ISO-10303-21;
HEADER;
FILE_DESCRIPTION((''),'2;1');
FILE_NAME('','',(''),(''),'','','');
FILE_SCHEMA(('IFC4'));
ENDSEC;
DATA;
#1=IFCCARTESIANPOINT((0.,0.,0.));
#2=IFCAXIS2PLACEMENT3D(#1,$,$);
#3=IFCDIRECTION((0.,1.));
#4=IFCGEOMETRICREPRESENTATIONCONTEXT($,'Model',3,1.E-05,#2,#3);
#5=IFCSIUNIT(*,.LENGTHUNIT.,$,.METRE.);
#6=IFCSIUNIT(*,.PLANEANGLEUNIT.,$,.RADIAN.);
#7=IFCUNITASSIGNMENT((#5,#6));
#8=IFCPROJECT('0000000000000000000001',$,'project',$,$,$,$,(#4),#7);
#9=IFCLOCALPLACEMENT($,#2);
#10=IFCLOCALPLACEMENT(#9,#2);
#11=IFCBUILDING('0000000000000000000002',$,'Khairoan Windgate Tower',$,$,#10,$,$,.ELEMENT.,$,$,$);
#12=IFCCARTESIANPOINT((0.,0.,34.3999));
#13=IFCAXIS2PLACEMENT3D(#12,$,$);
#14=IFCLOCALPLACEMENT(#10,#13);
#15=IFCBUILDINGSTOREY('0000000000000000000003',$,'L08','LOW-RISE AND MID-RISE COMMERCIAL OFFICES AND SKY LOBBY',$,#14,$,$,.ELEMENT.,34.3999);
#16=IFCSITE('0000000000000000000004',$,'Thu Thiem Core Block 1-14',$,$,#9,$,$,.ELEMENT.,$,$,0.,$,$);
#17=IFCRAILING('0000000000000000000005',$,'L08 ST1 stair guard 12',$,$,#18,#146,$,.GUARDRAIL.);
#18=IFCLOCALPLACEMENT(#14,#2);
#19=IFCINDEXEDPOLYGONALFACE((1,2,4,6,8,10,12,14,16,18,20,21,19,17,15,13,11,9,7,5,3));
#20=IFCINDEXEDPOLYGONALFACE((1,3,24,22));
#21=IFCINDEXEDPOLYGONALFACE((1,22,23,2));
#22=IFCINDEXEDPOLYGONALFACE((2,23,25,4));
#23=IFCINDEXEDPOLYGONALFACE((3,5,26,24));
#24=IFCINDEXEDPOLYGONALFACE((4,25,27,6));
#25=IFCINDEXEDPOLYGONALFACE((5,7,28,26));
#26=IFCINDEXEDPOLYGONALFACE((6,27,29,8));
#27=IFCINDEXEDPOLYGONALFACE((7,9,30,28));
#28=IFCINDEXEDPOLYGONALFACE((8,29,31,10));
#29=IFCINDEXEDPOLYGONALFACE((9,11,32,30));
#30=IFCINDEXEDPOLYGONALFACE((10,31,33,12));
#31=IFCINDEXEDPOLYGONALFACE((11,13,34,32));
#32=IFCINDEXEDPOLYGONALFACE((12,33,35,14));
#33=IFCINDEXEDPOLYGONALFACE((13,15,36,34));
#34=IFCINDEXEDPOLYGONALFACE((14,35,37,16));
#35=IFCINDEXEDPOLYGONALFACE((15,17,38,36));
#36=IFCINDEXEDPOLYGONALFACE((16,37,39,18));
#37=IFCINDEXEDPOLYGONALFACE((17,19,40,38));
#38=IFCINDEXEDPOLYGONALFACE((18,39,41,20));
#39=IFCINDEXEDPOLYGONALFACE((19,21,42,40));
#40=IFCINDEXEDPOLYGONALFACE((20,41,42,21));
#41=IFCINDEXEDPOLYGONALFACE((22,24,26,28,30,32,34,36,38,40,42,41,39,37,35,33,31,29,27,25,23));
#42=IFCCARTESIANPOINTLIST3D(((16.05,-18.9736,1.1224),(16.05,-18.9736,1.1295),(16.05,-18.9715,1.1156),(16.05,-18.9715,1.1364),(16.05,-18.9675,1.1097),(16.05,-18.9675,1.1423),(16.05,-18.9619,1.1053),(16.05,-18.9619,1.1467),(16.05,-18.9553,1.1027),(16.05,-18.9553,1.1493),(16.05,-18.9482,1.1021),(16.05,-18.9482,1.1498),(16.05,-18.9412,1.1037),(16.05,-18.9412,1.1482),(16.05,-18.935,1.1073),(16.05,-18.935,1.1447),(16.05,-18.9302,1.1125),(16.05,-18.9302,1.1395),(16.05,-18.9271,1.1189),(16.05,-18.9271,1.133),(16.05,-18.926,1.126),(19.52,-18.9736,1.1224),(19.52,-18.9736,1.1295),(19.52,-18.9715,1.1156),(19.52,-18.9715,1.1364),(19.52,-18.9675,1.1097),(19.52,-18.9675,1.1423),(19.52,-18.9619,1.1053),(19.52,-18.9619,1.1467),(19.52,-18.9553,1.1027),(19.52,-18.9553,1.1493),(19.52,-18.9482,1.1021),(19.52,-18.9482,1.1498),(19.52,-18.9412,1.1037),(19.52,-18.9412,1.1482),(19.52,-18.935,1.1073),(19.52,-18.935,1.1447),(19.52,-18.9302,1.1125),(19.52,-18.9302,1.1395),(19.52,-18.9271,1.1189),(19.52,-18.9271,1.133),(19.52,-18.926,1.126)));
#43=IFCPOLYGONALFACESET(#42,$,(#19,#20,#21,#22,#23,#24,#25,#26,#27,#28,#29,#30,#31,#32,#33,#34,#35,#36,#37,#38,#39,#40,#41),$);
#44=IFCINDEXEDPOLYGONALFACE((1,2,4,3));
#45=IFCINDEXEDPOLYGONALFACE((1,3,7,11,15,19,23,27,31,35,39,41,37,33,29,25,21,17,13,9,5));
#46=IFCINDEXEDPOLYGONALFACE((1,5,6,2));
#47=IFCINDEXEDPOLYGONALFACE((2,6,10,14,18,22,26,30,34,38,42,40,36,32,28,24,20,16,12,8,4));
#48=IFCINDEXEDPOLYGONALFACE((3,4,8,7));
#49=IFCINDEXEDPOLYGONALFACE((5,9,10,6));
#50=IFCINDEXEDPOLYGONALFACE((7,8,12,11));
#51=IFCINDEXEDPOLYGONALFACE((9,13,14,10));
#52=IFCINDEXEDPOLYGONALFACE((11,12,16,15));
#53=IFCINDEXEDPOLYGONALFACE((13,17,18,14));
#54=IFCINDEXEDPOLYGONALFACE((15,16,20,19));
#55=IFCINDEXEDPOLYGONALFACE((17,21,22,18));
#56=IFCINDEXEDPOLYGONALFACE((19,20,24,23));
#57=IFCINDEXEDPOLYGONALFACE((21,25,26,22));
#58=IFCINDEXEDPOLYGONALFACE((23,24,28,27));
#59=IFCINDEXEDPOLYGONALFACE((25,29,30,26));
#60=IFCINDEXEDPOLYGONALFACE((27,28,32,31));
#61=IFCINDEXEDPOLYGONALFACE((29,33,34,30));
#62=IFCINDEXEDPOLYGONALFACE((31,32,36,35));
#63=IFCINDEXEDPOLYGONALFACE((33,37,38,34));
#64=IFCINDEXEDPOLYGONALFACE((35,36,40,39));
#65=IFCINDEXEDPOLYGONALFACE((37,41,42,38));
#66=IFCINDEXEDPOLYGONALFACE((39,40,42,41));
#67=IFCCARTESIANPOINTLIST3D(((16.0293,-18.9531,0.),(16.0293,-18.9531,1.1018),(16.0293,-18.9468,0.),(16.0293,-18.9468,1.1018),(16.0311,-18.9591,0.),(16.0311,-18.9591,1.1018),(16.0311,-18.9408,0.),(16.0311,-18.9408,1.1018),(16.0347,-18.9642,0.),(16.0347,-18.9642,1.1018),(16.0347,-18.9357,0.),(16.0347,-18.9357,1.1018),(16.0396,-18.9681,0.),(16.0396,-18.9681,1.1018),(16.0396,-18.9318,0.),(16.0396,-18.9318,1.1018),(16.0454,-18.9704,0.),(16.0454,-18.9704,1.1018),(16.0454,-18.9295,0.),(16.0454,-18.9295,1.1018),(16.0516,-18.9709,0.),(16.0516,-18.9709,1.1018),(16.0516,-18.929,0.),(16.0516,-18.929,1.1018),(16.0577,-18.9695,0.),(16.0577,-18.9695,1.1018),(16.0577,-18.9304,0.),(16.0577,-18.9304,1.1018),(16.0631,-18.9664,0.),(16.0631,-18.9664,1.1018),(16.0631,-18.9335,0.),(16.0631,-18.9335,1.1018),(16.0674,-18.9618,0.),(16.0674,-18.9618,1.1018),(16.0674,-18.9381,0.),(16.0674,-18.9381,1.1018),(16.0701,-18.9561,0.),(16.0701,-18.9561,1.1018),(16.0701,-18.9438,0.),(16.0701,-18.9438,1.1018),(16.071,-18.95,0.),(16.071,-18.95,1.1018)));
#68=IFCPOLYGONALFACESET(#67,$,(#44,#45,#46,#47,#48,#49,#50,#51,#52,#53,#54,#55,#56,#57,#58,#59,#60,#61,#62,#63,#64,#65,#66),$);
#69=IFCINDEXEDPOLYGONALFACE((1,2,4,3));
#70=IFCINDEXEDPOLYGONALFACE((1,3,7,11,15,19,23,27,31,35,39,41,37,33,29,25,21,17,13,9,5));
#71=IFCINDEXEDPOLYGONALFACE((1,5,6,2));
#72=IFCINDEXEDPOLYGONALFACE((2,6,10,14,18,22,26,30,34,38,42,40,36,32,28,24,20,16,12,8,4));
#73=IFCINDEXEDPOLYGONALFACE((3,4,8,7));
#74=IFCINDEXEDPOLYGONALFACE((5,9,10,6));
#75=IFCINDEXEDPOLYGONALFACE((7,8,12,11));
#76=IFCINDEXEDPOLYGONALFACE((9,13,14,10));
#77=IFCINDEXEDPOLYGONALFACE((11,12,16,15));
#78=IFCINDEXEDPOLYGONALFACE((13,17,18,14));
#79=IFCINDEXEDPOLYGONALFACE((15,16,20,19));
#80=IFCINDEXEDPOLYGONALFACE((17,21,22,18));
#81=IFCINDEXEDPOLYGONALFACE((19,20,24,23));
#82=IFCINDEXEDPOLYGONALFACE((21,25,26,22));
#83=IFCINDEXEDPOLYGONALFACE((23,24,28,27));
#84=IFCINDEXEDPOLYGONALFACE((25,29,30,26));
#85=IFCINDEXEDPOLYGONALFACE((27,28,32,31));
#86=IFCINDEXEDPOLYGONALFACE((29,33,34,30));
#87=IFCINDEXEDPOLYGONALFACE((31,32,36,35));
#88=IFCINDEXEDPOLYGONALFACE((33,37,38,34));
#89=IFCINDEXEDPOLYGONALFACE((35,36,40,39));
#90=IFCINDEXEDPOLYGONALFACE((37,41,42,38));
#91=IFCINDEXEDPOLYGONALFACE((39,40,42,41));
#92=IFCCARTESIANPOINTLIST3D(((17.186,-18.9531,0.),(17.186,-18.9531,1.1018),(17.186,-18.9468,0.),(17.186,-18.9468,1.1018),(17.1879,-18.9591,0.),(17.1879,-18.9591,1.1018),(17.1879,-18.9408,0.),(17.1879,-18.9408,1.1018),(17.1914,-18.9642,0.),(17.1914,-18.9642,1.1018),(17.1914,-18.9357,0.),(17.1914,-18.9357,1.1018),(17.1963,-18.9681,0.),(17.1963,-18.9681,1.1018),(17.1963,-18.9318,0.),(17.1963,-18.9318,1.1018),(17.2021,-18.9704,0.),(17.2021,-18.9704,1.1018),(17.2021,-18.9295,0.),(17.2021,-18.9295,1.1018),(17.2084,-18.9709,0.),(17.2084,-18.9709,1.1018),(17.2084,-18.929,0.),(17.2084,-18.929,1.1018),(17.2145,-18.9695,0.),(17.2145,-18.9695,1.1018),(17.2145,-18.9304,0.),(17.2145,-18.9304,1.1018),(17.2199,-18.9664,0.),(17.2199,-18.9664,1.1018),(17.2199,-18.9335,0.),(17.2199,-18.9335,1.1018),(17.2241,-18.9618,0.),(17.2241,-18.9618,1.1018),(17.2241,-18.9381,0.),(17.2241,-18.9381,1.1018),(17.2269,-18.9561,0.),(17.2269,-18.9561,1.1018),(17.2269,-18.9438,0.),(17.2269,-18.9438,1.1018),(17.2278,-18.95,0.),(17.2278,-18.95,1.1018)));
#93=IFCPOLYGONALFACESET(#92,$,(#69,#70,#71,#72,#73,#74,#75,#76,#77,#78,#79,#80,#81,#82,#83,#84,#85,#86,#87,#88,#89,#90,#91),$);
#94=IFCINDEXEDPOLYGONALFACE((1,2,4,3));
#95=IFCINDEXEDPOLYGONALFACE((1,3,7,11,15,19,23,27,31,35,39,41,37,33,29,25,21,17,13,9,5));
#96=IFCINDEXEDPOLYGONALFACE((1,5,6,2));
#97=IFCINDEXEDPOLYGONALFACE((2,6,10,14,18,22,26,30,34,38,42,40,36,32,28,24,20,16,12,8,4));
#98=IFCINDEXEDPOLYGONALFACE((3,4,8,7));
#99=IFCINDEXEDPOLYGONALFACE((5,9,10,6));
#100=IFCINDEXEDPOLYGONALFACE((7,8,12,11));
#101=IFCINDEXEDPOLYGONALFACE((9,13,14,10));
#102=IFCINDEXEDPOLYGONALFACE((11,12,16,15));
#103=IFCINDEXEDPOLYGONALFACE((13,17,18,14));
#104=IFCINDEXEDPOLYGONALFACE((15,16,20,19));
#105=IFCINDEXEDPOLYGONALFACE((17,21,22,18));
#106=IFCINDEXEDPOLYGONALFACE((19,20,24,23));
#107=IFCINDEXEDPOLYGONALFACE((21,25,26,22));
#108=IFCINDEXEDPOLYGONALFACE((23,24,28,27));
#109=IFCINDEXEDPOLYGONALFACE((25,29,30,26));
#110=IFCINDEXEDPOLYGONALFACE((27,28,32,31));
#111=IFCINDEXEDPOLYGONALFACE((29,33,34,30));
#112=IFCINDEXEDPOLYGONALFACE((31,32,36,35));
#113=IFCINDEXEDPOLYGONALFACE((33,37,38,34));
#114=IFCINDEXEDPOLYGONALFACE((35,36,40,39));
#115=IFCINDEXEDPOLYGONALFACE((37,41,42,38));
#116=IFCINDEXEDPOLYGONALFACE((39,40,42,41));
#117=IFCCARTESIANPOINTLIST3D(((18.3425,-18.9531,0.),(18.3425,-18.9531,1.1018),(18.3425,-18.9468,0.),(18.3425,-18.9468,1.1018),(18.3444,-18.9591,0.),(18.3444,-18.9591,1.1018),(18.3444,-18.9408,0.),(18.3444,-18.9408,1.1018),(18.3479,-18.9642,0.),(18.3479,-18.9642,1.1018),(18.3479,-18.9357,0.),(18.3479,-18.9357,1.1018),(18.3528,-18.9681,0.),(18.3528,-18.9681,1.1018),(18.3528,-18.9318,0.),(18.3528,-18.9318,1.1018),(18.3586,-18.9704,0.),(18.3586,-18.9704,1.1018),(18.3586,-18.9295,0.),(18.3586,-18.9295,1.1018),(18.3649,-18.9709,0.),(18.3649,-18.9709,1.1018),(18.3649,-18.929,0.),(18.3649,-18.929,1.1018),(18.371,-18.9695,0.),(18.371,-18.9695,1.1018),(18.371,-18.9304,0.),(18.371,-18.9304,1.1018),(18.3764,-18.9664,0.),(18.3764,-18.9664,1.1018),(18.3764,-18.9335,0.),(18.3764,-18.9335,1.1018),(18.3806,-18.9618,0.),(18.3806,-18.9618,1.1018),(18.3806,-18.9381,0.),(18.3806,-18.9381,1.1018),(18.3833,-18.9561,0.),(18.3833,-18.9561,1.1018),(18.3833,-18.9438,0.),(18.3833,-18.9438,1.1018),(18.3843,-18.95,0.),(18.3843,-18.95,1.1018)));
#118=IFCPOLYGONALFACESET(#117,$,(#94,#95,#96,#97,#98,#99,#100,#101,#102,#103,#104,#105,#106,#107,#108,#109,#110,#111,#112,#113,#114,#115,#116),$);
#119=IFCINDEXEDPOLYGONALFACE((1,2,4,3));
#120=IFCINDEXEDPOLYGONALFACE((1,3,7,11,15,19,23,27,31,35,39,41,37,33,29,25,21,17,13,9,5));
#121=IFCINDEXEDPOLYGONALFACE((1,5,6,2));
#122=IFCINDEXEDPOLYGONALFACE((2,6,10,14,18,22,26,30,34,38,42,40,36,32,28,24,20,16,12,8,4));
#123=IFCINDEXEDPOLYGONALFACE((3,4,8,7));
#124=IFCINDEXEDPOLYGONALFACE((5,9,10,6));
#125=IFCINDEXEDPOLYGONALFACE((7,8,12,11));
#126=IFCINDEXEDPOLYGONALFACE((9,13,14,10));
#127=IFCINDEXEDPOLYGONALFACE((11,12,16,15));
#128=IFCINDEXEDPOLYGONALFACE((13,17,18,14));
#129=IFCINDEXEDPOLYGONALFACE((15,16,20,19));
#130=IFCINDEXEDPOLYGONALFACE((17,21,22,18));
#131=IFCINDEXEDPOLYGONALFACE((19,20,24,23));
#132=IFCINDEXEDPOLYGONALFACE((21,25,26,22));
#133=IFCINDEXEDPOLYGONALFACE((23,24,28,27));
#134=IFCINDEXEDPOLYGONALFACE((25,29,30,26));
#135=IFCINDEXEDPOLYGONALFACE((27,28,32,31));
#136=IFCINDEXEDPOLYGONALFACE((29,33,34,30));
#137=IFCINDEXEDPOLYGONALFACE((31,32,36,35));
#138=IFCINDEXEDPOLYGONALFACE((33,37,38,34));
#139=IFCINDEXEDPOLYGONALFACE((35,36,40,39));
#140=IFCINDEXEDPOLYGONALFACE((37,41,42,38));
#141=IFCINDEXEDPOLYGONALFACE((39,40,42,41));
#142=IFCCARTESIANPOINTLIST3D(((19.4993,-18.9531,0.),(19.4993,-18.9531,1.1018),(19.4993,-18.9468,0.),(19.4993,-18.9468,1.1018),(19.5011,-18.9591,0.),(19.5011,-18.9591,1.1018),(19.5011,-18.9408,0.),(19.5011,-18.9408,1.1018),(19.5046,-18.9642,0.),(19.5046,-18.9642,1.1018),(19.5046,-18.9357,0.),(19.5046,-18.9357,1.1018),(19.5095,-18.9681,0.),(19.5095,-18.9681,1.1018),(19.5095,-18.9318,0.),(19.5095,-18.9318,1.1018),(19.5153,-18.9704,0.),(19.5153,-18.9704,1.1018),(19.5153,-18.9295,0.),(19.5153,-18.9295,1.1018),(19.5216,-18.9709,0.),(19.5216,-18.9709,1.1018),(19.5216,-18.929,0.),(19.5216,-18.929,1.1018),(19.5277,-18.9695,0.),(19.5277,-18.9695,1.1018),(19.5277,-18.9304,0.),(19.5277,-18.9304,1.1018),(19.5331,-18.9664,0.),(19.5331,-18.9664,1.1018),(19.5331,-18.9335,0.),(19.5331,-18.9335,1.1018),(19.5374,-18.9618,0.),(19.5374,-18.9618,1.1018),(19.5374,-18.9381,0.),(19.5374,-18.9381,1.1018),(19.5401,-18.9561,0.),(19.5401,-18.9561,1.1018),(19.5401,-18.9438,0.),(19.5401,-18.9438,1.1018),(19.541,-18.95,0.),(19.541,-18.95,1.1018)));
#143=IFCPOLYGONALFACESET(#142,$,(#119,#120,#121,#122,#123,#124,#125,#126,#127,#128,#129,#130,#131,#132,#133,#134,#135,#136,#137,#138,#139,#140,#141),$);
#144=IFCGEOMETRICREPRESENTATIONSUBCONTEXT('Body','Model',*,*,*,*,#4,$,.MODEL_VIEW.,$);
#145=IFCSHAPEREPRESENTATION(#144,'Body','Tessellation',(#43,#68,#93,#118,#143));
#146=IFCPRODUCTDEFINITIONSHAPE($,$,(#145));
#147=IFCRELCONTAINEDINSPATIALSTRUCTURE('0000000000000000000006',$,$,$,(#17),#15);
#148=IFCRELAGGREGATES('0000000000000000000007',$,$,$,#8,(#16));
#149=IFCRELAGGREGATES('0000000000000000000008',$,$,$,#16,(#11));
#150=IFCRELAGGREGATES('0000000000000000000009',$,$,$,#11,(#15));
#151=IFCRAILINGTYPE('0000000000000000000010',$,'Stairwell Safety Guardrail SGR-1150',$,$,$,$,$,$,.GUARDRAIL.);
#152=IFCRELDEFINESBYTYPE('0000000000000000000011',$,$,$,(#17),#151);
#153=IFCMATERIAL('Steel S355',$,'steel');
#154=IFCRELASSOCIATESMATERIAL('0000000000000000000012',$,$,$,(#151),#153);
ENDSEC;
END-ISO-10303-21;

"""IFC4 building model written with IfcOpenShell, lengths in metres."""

from ifc_helpers import new_model, si_unit, direction, frame, origin, origin_2d, place, context, subcontext, project, spatial, circle, extrude, material, type_object, element, save


model = new_model("IFC4")

# Units and contexts
model_context = context("Model", 3, precision=1e-05, world=origin(), true_north=direction((0.0, 1.0)))
body_context = subcontext(model_context, "Body", "Model", "MODEL_VIEW")
ifc_project = project(units=[si_unit("LENGTHUNIT", "METRE"), si_unit("PLANEANGLEUNIT", "RADIAN")], contexts=[model_context])

# Site, building, storey
site_placement = place(None, origin())
site = spatial("IfcSite", under=ifc_project, at=site_placement, Name="Thu Thiem Core Block 1-14", CompositionType="ELEMENT", RefElevation=0.0)
building_placement = place(site_placement, origin())
building = spatial("IfcBuilding", under=site, at=building_placement, Name="Khairoan Windgate Tower", CompositionType="ELEMENT")
storey_placement = place(building_placement, frame((0.0, 0.0, 34.3999)))
storey = spatial("IfcBuildingStorey", under=building, at=storey_placement, Name="L08", Description="LOW-RISE AND MID-RISE COMMERCIAL OFFICES AND SKY LOBBY", CompositionType="ELEMENT", Elevation=34.3999)

# Railing
ifc_material_1 = material(Name="Steel S355", Category="steel")
railing_type_1 = type_object("IfcRailingType", Name="Stairwell Safety Guardrail SGR-1150", PredefinedType="GUARDRAIL", material=ifc_material_1)
railing_1_placement = place(storey_placement, frame((16.05, -18.95, 0.0)))
element("IfcRailing", 1, at=railing_1_placement, inside=storey, type_object=railing_type_1, Name="L08 ST1 stair guard 12", PredefinedType="GUARDRAIL", context=body_context, shape_type="SweptSolid", body=[
    extrude(circle(Radius=0.0239, at=origin_2d()), frame((0.0, 0.0, 1.126), z_axis=(1.0, 0.0, 0.0), x_axis=(0.0, 1.0, 0.0)), (0.0, 0.0, 1.0), 3.47),
    extrude(circle(Radius=0.021, at=origin_2d()), origin(), (0.0, 0.0, 1.0), 1.1018),
    extrude(circle(Radius=0.021, at=origin_2d()), frame((1.1567, 0.0, 0.0)), (0.0, 0.0, 1.0), 1.1018),
    extrude(circle(Radius=0.021, at=origin_2d()), frame((2.3132, 0.0, 0.0)), (0.0, 0.0, 1.0), 1.1018),
    extrude(circle(Radius=0.021, at=origin_2d()), frame((3.47, 0.0, 0.0)), (0.0, 0.0, 1.0), 1.1018),
])

save(model, "model.ifc")
